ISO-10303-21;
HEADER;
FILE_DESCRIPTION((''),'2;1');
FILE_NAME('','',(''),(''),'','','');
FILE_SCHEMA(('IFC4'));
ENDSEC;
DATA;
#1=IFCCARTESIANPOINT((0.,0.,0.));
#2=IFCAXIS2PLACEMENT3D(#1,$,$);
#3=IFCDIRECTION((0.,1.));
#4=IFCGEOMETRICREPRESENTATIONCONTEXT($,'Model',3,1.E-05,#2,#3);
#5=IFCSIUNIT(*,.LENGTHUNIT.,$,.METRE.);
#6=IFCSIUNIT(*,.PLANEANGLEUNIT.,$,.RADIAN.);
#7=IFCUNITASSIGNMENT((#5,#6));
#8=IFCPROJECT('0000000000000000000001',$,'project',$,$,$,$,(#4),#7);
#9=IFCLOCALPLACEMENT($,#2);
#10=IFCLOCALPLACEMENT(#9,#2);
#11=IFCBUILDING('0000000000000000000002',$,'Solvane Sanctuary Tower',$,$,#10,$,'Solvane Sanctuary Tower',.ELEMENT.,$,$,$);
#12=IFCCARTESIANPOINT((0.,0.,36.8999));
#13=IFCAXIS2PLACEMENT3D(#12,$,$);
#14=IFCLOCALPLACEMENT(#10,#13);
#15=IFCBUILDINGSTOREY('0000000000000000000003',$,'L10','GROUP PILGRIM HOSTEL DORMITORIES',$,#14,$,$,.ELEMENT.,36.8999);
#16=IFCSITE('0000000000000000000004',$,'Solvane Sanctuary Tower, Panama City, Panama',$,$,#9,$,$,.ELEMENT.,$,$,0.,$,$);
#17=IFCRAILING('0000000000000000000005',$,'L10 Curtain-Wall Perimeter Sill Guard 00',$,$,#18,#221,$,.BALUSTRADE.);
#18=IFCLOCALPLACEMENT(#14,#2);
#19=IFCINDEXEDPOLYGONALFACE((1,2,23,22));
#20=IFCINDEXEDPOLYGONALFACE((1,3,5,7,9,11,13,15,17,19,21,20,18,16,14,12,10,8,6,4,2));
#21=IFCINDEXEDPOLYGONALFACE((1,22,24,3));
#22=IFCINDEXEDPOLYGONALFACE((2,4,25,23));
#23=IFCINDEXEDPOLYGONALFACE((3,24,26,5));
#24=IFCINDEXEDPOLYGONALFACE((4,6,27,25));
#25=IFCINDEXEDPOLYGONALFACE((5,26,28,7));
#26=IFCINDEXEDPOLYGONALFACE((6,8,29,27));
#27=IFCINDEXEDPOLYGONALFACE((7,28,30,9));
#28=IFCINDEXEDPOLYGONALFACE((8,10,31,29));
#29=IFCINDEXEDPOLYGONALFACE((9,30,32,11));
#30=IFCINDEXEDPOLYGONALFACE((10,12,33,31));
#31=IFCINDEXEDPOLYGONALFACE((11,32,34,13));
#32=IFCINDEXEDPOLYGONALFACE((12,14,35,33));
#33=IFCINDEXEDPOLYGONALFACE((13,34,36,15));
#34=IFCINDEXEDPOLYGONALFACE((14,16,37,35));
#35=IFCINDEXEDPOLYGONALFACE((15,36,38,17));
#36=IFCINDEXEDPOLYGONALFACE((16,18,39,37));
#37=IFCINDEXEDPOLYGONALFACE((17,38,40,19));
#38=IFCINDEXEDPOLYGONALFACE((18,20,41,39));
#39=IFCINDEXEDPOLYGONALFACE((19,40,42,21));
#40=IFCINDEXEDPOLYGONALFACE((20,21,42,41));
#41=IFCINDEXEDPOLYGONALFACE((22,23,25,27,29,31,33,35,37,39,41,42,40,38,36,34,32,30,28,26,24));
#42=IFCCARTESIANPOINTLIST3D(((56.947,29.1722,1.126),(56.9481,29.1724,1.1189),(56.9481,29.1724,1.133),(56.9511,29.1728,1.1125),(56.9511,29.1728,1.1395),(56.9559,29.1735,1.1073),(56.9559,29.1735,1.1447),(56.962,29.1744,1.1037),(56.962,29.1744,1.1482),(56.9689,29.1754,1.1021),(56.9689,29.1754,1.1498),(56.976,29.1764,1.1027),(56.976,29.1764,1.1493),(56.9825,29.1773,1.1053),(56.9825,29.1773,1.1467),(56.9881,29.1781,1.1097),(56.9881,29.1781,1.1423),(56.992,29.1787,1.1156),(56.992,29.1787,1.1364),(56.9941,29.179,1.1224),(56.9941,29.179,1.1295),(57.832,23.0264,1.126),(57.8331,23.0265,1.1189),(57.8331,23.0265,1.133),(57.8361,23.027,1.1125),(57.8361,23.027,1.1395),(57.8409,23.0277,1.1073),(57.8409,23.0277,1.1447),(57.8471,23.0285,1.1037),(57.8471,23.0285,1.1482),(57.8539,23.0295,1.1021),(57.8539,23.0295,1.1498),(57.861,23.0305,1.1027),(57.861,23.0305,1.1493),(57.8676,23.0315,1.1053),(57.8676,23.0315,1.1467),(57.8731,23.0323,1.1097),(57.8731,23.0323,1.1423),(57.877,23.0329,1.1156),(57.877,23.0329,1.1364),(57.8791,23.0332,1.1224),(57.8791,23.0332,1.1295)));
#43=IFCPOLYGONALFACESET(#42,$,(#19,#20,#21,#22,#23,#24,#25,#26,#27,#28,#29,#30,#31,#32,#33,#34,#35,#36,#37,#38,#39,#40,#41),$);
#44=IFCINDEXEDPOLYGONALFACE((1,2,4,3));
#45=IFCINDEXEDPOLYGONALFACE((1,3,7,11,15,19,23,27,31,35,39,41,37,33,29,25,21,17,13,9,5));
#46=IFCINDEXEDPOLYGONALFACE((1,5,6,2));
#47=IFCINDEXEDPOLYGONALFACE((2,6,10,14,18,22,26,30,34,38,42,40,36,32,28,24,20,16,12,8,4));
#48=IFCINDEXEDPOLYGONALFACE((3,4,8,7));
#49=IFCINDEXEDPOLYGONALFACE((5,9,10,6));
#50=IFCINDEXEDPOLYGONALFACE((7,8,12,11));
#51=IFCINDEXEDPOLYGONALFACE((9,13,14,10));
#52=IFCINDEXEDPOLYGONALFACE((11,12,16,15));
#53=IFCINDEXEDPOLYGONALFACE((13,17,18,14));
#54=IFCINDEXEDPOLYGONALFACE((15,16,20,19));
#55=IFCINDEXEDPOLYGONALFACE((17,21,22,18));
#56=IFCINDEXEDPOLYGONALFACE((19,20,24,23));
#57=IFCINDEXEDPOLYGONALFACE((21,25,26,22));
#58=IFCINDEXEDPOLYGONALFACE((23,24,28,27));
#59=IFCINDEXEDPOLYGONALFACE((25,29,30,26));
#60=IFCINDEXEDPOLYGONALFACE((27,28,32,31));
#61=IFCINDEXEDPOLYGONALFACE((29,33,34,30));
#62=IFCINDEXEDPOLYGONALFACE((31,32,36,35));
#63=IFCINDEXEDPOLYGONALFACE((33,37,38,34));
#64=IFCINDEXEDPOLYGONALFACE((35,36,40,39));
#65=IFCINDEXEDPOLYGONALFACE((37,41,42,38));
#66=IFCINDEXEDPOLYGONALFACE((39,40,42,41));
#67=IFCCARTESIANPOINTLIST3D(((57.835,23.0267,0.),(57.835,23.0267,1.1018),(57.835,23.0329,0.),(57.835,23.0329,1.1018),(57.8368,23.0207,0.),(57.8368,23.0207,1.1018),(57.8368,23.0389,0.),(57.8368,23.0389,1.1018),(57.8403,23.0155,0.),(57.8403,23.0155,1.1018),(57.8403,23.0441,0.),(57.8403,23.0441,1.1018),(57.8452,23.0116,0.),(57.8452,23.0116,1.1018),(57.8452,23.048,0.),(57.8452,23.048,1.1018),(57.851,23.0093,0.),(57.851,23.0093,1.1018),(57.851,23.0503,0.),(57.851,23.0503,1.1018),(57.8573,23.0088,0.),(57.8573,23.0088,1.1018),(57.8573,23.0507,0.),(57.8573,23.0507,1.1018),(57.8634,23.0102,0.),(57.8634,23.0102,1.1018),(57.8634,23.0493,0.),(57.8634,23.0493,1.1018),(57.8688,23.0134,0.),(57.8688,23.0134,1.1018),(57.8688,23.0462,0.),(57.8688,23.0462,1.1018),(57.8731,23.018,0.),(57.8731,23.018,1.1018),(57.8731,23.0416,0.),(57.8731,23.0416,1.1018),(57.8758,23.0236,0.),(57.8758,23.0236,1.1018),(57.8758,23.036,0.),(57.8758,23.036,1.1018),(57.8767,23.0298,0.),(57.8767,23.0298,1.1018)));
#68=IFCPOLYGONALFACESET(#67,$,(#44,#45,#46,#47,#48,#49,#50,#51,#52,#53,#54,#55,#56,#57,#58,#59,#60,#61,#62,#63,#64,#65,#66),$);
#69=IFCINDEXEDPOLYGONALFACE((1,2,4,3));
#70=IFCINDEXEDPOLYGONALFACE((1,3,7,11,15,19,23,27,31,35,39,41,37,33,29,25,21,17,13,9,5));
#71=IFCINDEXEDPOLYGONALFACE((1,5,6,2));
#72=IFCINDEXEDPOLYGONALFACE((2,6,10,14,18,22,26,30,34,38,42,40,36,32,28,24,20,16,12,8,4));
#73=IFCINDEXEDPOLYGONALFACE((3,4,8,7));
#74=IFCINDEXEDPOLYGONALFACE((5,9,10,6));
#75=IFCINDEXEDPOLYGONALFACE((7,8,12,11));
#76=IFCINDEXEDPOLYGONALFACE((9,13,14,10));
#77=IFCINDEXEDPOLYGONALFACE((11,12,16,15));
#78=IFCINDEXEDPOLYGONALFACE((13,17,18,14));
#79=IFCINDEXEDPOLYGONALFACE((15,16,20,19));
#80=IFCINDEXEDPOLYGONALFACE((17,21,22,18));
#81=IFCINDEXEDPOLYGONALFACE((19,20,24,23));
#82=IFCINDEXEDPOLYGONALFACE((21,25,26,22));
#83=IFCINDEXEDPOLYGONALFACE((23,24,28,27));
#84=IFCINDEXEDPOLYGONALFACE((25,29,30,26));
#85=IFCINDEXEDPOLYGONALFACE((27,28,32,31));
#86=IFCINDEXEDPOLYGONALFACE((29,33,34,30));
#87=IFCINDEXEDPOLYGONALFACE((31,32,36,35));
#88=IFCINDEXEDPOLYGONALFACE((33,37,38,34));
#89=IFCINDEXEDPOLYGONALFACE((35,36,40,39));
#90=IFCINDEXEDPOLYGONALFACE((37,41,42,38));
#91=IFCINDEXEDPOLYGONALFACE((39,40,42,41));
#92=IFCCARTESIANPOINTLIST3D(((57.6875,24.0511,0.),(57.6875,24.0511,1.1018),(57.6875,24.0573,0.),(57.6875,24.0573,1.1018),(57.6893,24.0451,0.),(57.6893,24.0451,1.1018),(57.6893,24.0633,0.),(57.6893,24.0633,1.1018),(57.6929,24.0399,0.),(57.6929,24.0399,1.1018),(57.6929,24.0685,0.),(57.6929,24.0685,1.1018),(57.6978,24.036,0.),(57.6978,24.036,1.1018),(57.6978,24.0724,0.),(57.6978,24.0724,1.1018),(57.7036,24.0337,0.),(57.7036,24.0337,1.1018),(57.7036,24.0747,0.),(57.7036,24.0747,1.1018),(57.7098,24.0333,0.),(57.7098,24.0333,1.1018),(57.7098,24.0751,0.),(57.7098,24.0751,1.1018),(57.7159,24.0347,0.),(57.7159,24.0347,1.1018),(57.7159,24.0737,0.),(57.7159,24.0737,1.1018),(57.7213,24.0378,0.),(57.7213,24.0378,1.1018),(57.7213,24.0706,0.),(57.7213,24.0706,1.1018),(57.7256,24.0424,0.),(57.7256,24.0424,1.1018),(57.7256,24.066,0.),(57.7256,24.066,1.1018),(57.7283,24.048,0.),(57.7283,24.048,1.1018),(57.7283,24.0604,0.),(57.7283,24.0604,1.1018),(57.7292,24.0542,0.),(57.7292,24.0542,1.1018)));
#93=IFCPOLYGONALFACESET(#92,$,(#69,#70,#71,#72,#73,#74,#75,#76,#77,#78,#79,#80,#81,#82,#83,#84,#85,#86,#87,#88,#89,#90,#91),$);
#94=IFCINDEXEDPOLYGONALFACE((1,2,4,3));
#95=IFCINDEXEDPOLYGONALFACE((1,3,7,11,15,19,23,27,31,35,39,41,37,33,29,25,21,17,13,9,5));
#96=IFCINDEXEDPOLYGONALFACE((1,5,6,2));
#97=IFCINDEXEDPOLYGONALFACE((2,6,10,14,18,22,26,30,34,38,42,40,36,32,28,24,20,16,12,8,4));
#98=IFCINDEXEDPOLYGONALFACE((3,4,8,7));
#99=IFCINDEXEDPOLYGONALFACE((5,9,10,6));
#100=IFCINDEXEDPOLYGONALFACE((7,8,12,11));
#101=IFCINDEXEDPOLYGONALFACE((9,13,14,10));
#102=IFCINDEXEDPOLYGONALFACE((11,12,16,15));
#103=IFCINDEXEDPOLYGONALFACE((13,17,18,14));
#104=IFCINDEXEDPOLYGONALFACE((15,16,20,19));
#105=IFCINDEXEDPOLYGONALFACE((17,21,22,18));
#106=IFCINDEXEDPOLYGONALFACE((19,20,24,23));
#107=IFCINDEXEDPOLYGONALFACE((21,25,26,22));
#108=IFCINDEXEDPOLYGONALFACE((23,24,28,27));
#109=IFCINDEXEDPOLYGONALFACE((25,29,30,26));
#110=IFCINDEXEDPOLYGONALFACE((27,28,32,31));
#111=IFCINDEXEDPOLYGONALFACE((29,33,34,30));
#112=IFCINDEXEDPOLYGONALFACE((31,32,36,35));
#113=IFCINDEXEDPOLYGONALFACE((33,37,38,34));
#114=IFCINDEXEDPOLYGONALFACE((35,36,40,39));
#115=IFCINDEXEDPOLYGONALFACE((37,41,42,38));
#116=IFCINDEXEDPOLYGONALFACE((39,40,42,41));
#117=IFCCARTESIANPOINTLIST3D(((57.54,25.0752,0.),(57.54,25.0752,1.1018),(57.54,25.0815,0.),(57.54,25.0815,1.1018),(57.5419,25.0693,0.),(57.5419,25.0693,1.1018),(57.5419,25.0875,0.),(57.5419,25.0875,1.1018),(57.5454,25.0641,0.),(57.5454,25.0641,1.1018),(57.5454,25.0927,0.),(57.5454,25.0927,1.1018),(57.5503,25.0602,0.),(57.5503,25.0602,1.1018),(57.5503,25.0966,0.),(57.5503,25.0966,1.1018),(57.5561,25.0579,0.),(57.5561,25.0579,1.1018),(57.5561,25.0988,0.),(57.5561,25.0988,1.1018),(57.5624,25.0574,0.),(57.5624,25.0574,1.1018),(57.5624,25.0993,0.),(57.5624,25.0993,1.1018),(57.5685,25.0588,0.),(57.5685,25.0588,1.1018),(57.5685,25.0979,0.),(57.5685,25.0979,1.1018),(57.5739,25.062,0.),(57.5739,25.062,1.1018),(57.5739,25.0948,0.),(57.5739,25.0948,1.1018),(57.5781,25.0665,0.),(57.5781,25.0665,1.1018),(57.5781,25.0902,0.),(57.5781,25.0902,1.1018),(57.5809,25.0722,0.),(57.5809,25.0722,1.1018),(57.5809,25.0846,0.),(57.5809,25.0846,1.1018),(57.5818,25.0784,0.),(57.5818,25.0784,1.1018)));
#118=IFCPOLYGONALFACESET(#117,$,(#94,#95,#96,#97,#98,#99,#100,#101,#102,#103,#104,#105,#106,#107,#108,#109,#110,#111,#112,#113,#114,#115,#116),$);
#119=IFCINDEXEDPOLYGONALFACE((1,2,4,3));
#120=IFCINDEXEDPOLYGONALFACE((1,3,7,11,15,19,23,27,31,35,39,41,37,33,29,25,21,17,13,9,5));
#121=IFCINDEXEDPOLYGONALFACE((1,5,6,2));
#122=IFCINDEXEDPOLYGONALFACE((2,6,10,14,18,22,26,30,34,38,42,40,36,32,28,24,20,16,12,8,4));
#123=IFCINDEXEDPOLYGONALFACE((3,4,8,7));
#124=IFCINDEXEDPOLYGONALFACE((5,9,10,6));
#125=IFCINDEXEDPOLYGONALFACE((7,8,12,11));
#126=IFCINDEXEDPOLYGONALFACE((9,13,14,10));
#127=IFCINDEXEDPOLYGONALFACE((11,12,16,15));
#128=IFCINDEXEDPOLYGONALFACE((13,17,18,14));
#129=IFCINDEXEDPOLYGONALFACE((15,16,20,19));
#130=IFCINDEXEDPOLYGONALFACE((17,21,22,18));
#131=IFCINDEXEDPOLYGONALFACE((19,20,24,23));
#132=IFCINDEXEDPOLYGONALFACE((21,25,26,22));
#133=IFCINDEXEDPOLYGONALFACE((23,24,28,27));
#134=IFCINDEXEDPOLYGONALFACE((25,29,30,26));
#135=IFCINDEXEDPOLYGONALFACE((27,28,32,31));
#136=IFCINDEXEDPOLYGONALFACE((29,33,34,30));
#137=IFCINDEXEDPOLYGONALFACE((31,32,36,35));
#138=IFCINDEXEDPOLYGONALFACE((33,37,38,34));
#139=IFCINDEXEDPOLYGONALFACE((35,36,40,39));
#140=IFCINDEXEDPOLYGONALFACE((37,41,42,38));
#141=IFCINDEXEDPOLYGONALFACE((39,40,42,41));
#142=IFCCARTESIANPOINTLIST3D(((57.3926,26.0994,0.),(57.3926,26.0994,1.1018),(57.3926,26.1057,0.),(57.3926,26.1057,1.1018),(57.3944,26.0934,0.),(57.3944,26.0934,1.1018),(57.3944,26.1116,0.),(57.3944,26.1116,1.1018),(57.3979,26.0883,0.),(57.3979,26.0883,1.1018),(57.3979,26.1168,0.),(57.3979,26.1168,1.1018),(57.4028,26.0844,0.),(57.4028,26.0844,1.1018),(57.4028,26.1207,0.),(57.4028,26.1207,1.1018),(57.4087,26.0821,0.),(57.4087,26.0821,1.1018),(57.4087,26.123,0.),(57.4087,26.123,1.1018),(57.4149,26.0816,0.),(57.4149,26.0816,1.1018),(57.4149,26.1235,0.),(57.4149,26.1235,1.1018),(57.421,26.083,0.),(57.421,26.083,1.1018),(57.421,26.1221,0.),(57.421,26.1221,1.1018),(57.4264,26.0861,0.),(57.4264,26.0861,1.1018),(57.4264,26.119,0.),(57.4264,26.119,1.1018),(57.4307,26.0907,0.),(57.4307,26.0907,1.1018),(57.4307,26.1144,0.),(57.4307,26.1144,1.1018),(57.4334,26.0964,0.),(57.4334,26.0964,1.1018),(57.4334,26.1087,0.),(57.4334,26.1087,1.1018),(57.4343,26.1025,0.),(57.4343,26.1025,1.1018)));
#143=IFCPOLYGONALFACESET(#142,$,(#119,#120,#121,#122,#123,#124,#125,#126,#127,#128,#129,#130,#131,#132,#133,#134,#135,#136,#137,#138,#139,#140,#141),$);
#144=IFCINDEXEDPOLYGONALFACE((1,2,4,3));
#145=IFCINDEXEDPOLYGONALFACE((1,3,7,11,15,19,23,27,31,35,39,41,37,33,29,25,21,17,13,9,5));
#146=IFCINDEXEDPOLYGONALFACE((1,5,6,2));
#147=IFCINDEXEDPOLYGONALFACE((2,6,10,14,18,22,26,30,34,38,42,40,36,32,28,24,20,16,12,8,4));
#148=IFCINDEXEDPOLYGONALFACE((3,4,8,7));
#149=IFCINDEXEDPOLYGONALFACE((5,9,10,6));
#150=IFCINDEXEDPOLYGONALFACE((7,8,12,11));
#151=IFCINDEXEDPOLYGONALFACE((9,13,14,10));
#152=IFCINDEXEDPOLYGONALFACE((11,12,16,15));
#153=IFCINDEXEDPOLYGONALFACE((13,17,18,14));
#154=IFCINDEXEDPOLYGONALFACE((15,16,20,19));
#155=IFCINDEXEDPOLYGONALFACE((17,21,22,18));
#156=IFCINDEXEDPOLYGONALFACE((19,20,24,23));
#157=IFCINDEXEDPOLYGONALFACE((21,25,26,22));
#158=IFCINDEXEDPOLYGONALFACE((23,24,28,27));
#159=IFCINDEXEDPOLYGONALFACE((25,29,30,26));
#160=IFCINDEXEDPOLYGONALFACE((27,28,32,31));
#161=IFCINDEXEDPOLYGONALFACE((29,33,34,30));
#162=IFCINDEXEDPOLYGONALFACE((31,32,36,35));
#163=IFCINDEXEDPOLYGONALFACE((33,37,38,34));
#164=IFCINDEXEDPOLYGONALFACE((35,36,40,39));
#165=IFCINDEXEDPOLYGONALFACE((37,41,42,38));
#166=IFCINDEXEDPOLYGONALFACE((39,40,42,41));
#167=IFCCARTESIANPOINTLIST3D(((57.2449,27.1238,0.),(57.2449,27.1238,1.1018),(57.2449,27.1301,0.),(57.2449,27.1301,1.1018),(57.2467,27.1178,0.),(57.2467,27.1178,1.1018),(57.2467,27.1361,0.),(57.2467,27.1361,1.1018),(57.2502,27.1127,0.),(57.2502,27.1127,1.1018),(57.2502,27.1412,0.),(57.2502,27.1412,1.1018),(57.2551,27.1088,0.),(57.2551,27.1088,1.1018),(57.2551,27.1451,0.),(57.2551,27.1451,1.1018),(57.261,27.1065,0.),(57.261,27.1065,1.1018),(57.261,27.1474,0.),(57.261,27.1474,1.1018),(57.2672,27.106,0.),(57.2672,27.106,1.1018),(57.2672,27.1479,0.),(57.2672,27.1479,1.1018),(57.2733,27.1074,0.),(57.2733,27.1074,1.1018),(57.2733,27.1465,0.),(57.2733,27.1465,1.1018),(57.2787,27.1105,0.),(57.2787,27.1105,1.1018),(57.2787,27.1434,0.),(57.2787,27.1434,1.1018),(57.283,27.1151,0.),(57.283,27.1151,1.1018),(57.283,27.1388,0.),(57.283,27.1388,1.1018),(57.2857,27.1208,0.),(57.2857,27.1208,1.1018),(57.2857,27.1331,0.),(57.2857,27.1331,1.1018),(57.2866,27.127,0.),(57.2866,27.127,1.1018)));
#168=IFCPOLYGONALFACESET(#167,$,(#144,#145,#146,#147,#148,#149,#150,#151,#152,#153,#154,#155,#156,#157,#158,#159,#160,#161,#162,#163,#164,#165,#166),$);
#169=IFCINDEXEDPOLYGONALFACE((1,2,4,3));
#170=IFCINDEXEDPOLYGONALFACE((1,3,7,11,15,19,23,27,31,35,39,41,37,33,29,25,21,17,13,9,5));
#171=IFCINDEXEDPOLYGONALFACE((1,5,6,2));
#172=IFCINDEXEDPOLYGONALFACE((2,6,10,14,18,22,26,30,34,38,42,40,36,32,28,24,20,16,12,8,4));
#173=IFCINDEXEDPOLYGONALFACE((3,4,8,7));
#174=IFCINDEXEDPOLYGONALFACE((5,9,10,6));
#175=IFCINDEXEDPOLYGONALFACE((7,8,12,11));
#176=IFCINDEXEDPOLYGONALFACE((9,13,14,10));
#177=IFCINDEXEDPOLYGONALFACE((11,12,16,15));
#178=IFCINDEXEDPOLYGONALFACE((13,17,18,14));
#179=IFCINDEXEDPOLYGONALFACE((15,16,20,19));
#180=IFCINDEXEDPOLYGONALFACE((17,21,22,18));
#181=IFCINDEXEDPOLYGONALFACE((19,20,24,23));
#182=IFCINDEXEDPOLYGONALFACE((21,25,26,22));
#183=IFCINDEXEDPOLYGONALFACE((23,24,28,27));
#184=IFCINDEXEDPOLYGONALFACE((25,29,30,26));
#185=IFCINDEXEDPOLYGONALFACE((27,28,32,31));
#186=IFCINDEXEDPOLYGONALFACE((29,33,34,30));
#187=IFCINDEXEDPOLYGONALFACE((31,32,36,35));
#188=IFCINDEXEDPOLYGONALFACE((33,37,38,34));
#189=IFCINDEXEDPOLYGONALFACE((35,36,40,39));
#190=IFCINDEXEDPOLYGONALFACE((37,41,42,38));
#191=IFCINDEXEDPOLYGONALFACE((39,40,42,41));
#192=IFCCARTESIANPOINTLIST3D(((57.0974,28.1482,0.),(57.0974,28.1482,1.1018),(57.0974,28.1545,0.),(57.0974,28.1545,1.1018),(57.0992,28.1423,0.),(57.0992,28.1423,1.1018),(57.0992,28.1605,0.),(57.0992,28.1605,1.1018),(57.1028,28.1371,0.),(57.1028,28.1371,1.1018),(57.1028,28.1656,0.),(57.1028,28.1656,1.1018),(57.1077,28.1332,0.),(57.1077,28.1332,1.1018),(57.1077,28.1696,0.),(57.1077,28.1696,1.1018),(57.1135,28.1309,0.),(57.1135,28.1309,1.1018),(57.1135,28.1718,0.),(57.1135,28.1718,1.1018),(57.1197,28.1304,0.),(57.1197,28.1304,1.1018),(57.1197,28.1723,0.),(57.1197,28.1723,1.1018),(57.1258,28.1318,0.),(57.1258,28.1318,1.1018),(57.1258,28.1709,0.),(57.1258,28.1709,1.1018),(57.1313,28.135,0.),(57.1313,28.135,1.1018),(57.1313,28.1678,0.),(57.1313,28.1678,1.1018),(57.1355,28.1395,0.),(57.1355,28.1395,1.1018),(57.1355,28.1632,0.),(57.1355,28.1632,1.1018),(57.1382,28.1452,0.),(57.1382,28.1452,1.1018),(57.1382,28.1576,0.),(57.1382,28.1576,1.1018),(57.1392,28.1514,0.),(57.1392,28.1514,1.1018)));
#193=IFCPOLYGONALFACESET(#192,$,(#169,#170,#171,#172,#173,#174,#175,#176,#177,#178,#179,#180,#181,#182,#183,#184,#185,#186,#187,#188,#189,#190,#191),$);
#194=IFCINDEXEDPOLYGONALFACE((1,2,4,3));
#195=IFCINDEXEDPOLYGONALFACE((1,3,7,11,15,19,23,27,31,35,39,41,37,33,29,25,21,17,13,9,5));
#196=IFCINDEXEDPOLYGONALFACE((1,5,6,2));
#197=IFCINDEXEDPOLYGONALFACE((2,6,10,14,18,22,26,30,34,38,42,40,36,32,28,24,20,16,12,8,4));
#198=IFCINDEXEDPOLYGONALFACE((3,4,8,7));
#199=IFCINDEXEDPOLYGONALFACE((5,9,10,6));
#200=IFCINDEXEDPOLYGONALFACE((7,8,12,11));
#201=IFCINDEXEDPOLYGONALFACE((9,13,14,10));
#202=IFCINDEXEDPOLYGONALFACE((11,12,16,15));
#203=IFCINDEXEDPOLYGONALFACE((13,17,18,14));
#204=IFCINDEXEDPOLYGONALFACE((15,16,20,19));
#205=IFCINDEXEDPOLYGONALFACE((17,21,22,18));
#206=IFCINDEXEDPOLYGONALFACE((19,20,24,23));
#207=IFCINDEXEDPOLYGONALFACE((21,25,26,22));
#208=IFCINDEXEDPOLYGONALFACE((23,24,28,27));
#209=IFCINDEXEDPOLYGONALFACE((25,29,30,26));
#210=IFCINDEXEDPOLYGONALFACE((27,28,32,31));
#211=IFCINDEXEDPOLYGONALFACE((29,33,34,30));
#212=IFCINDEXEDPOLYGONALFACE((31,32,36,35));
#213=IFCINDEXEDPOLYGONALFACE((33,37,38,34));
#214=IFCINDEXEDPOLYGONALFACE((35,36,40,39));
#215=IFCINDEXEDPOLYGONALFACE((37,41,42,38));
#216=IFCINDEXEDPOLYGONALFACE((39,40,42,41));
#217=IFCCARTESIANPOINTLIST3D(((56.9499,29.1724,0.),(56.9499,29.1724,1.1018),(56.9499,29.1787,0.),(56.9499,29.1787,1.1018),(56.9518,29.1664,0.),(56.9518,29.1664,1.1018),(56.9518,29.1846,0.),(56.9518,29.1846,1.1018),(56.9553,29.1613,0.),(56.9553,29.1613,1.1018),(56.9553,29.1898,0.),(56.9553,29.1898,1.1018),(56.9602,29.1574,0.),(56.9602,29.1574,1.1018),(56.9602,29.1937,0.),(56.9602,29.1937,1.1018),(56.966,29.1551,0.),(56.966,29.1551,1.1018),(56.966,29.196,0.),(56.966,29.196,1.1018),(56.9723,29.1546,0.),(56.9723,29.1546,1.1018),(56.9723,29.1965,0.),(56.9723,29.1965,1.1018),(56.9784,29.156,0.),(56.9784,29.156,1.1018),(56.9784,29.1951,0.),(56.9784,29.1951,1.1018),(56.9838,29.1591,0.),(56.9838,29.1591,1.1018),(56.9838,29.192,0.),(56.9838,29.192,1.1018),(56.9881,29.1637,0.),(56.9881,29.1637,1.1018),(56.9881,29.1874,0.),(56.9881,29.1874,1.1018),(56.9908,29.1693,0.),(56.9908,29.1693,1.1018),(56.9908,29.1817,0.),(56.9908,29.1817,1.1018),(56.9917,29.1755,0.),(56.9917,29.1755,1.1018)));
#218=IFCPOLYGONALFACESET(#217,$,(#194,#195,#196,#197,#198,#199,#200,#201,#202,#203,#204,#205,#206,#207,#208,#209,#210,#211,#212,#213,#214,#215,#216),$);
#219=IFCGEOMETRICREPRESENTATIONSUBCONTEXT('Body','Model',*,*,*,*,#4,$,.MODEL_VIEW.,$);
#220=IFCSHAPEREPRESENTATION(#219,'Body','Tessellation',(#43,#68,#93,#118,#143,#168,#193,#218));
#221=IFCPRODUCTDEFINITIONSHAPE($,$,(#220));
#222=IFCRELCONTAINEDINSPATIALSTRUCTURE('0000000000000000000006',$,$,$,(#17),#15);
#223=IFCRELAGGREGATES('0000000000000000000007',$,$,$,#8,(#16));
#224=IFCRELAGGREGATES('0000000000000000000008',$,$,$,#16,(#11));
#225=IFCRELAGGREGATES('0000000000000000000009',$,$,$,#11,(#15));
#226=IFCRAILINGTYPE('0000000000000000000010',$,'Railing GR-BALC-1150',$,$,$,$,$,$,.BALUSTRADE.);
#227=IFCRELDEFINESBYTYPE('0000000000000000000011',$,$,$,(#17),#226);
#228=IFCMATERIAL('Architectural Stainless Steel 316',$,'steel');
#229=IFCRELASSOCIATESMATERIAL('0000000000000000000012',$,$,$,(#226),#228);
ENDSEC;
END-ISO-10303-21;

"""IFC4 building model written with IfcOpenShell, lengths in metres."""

from ifc_helpers import new_model, si_unit, direction, frame, origin, origin_2d, place, context, subcontext, project, spatial, circle, extrude, material, type_object, element, save


model = new_model("IFC4")

# Units and contexts
model_context = context("Model", 3, precision=1e-05, world=origin(), true_north=direction((0.0, 1.0)))
body_context = subcontext(model_context, "Body", "Model", "MODEL_VIEW")
ifc_project = project(units=[si_unit("LENGTHUNIT", "METRE"), si_unit("PLANEANGLEUNIT", "RADIAN")], contexts=[model_context])

# Site, building, storey
site_placement = place(None, origin())
site = spatial("IfcSite", under=ifc_project, at=site_placement, Name="Solvane Sanctuary Tower, Panama City, Panama", CompositionType="ELEMENT", RefElevation=0.0)
building_placement = place(site_placement, origin())
building = spatial("IfcBuilding", under=site, at=building_placement, Name="Solvane Sanctuary Tower", LongName="Solvane Sanctuary Tower", CompositionType="ELEMENT")
storey_placement = place(building_placement, frame((0.0, 0.0, 36.8999)))
storey = spatial("IfcBuildingStorey", under=building, at=storey_placement, Name="L10", Description="GROUP PILGRIM HOSTEL DORMITORIES", CompositionType="ELEMENT", Elevation=36.8999)

# Shared definitions
ifc_material_1 = material(Name="Architectural Stainless Steel 316", Category="steel")

# Railing
railing_type_1 = type_object("IfcRailingType", Name="Railing GR-BALC-1150", PredefinedType="BALUSTRADE", material=ifc_material_1)
railing_1_placement = place(storey_placement, frame((57.8557, 23.0298, 0.0)))
element("IfcRailing", 1, at=railing_1_placement, inside=storey, type_object=railing_type_1, Name="L10 Curtain-Wall Perimeter Sill Guard 00", PredefinedType="BALUSTRADE", context=body_context, shape_type="SweptSolid", body=[
    extrude(circle(Radius=0.0239, at=origin_2d()), frame((0.0, 0.0, 1.126), z_axis=(-0.142533, 0.98979, 0.0), x_axis=(-0.98979, -0.142533, 0.0)), (0.0, 0.0, 1.0), 6.2092),
    extrude(circle(Radius=0.021, at=origin_2d()), origin(), (0.0, 0.0, 1.0), 1.1018),
    extrude(circle(Radius=0.021, at=origin_2d()), frame((-0.1475, 1.0244, 0.0)), (0.0, 0.0, 1.0), 1.1018),
    extrude(circle(Radius=0.021, at=origin_2d()), frame((-0.2949, 2.0486, 0.0)), (0.0, 0.0, 1.0), 1.1018),
    extrude(circle(Radius=0.021, at=origin_2d()), frame((-0.4424, 3.0728, 0.0)), (0.0, 0.0, 1.0), 1.1018),
    extrude(circle(Radius=0.021, at=origin_2d()), frame((-0.5901, 4.0972, 0.0)), (0.0, 0.0, 1.0), 1.1018),
    extrude(circle(Radius=0.021, at=origin_2d()), frame((-0.7375, 5.1216, 0.0)), (0.0, 0.0, 1.0), 1.1018),
    extrude(circle(Radius=0.021, at=origin_2d()), frame((-0.885, 6.1458, 0.0)), (0.0, 0.0, 1.0), 1.1018),
])

save(model, "model.ifc")
